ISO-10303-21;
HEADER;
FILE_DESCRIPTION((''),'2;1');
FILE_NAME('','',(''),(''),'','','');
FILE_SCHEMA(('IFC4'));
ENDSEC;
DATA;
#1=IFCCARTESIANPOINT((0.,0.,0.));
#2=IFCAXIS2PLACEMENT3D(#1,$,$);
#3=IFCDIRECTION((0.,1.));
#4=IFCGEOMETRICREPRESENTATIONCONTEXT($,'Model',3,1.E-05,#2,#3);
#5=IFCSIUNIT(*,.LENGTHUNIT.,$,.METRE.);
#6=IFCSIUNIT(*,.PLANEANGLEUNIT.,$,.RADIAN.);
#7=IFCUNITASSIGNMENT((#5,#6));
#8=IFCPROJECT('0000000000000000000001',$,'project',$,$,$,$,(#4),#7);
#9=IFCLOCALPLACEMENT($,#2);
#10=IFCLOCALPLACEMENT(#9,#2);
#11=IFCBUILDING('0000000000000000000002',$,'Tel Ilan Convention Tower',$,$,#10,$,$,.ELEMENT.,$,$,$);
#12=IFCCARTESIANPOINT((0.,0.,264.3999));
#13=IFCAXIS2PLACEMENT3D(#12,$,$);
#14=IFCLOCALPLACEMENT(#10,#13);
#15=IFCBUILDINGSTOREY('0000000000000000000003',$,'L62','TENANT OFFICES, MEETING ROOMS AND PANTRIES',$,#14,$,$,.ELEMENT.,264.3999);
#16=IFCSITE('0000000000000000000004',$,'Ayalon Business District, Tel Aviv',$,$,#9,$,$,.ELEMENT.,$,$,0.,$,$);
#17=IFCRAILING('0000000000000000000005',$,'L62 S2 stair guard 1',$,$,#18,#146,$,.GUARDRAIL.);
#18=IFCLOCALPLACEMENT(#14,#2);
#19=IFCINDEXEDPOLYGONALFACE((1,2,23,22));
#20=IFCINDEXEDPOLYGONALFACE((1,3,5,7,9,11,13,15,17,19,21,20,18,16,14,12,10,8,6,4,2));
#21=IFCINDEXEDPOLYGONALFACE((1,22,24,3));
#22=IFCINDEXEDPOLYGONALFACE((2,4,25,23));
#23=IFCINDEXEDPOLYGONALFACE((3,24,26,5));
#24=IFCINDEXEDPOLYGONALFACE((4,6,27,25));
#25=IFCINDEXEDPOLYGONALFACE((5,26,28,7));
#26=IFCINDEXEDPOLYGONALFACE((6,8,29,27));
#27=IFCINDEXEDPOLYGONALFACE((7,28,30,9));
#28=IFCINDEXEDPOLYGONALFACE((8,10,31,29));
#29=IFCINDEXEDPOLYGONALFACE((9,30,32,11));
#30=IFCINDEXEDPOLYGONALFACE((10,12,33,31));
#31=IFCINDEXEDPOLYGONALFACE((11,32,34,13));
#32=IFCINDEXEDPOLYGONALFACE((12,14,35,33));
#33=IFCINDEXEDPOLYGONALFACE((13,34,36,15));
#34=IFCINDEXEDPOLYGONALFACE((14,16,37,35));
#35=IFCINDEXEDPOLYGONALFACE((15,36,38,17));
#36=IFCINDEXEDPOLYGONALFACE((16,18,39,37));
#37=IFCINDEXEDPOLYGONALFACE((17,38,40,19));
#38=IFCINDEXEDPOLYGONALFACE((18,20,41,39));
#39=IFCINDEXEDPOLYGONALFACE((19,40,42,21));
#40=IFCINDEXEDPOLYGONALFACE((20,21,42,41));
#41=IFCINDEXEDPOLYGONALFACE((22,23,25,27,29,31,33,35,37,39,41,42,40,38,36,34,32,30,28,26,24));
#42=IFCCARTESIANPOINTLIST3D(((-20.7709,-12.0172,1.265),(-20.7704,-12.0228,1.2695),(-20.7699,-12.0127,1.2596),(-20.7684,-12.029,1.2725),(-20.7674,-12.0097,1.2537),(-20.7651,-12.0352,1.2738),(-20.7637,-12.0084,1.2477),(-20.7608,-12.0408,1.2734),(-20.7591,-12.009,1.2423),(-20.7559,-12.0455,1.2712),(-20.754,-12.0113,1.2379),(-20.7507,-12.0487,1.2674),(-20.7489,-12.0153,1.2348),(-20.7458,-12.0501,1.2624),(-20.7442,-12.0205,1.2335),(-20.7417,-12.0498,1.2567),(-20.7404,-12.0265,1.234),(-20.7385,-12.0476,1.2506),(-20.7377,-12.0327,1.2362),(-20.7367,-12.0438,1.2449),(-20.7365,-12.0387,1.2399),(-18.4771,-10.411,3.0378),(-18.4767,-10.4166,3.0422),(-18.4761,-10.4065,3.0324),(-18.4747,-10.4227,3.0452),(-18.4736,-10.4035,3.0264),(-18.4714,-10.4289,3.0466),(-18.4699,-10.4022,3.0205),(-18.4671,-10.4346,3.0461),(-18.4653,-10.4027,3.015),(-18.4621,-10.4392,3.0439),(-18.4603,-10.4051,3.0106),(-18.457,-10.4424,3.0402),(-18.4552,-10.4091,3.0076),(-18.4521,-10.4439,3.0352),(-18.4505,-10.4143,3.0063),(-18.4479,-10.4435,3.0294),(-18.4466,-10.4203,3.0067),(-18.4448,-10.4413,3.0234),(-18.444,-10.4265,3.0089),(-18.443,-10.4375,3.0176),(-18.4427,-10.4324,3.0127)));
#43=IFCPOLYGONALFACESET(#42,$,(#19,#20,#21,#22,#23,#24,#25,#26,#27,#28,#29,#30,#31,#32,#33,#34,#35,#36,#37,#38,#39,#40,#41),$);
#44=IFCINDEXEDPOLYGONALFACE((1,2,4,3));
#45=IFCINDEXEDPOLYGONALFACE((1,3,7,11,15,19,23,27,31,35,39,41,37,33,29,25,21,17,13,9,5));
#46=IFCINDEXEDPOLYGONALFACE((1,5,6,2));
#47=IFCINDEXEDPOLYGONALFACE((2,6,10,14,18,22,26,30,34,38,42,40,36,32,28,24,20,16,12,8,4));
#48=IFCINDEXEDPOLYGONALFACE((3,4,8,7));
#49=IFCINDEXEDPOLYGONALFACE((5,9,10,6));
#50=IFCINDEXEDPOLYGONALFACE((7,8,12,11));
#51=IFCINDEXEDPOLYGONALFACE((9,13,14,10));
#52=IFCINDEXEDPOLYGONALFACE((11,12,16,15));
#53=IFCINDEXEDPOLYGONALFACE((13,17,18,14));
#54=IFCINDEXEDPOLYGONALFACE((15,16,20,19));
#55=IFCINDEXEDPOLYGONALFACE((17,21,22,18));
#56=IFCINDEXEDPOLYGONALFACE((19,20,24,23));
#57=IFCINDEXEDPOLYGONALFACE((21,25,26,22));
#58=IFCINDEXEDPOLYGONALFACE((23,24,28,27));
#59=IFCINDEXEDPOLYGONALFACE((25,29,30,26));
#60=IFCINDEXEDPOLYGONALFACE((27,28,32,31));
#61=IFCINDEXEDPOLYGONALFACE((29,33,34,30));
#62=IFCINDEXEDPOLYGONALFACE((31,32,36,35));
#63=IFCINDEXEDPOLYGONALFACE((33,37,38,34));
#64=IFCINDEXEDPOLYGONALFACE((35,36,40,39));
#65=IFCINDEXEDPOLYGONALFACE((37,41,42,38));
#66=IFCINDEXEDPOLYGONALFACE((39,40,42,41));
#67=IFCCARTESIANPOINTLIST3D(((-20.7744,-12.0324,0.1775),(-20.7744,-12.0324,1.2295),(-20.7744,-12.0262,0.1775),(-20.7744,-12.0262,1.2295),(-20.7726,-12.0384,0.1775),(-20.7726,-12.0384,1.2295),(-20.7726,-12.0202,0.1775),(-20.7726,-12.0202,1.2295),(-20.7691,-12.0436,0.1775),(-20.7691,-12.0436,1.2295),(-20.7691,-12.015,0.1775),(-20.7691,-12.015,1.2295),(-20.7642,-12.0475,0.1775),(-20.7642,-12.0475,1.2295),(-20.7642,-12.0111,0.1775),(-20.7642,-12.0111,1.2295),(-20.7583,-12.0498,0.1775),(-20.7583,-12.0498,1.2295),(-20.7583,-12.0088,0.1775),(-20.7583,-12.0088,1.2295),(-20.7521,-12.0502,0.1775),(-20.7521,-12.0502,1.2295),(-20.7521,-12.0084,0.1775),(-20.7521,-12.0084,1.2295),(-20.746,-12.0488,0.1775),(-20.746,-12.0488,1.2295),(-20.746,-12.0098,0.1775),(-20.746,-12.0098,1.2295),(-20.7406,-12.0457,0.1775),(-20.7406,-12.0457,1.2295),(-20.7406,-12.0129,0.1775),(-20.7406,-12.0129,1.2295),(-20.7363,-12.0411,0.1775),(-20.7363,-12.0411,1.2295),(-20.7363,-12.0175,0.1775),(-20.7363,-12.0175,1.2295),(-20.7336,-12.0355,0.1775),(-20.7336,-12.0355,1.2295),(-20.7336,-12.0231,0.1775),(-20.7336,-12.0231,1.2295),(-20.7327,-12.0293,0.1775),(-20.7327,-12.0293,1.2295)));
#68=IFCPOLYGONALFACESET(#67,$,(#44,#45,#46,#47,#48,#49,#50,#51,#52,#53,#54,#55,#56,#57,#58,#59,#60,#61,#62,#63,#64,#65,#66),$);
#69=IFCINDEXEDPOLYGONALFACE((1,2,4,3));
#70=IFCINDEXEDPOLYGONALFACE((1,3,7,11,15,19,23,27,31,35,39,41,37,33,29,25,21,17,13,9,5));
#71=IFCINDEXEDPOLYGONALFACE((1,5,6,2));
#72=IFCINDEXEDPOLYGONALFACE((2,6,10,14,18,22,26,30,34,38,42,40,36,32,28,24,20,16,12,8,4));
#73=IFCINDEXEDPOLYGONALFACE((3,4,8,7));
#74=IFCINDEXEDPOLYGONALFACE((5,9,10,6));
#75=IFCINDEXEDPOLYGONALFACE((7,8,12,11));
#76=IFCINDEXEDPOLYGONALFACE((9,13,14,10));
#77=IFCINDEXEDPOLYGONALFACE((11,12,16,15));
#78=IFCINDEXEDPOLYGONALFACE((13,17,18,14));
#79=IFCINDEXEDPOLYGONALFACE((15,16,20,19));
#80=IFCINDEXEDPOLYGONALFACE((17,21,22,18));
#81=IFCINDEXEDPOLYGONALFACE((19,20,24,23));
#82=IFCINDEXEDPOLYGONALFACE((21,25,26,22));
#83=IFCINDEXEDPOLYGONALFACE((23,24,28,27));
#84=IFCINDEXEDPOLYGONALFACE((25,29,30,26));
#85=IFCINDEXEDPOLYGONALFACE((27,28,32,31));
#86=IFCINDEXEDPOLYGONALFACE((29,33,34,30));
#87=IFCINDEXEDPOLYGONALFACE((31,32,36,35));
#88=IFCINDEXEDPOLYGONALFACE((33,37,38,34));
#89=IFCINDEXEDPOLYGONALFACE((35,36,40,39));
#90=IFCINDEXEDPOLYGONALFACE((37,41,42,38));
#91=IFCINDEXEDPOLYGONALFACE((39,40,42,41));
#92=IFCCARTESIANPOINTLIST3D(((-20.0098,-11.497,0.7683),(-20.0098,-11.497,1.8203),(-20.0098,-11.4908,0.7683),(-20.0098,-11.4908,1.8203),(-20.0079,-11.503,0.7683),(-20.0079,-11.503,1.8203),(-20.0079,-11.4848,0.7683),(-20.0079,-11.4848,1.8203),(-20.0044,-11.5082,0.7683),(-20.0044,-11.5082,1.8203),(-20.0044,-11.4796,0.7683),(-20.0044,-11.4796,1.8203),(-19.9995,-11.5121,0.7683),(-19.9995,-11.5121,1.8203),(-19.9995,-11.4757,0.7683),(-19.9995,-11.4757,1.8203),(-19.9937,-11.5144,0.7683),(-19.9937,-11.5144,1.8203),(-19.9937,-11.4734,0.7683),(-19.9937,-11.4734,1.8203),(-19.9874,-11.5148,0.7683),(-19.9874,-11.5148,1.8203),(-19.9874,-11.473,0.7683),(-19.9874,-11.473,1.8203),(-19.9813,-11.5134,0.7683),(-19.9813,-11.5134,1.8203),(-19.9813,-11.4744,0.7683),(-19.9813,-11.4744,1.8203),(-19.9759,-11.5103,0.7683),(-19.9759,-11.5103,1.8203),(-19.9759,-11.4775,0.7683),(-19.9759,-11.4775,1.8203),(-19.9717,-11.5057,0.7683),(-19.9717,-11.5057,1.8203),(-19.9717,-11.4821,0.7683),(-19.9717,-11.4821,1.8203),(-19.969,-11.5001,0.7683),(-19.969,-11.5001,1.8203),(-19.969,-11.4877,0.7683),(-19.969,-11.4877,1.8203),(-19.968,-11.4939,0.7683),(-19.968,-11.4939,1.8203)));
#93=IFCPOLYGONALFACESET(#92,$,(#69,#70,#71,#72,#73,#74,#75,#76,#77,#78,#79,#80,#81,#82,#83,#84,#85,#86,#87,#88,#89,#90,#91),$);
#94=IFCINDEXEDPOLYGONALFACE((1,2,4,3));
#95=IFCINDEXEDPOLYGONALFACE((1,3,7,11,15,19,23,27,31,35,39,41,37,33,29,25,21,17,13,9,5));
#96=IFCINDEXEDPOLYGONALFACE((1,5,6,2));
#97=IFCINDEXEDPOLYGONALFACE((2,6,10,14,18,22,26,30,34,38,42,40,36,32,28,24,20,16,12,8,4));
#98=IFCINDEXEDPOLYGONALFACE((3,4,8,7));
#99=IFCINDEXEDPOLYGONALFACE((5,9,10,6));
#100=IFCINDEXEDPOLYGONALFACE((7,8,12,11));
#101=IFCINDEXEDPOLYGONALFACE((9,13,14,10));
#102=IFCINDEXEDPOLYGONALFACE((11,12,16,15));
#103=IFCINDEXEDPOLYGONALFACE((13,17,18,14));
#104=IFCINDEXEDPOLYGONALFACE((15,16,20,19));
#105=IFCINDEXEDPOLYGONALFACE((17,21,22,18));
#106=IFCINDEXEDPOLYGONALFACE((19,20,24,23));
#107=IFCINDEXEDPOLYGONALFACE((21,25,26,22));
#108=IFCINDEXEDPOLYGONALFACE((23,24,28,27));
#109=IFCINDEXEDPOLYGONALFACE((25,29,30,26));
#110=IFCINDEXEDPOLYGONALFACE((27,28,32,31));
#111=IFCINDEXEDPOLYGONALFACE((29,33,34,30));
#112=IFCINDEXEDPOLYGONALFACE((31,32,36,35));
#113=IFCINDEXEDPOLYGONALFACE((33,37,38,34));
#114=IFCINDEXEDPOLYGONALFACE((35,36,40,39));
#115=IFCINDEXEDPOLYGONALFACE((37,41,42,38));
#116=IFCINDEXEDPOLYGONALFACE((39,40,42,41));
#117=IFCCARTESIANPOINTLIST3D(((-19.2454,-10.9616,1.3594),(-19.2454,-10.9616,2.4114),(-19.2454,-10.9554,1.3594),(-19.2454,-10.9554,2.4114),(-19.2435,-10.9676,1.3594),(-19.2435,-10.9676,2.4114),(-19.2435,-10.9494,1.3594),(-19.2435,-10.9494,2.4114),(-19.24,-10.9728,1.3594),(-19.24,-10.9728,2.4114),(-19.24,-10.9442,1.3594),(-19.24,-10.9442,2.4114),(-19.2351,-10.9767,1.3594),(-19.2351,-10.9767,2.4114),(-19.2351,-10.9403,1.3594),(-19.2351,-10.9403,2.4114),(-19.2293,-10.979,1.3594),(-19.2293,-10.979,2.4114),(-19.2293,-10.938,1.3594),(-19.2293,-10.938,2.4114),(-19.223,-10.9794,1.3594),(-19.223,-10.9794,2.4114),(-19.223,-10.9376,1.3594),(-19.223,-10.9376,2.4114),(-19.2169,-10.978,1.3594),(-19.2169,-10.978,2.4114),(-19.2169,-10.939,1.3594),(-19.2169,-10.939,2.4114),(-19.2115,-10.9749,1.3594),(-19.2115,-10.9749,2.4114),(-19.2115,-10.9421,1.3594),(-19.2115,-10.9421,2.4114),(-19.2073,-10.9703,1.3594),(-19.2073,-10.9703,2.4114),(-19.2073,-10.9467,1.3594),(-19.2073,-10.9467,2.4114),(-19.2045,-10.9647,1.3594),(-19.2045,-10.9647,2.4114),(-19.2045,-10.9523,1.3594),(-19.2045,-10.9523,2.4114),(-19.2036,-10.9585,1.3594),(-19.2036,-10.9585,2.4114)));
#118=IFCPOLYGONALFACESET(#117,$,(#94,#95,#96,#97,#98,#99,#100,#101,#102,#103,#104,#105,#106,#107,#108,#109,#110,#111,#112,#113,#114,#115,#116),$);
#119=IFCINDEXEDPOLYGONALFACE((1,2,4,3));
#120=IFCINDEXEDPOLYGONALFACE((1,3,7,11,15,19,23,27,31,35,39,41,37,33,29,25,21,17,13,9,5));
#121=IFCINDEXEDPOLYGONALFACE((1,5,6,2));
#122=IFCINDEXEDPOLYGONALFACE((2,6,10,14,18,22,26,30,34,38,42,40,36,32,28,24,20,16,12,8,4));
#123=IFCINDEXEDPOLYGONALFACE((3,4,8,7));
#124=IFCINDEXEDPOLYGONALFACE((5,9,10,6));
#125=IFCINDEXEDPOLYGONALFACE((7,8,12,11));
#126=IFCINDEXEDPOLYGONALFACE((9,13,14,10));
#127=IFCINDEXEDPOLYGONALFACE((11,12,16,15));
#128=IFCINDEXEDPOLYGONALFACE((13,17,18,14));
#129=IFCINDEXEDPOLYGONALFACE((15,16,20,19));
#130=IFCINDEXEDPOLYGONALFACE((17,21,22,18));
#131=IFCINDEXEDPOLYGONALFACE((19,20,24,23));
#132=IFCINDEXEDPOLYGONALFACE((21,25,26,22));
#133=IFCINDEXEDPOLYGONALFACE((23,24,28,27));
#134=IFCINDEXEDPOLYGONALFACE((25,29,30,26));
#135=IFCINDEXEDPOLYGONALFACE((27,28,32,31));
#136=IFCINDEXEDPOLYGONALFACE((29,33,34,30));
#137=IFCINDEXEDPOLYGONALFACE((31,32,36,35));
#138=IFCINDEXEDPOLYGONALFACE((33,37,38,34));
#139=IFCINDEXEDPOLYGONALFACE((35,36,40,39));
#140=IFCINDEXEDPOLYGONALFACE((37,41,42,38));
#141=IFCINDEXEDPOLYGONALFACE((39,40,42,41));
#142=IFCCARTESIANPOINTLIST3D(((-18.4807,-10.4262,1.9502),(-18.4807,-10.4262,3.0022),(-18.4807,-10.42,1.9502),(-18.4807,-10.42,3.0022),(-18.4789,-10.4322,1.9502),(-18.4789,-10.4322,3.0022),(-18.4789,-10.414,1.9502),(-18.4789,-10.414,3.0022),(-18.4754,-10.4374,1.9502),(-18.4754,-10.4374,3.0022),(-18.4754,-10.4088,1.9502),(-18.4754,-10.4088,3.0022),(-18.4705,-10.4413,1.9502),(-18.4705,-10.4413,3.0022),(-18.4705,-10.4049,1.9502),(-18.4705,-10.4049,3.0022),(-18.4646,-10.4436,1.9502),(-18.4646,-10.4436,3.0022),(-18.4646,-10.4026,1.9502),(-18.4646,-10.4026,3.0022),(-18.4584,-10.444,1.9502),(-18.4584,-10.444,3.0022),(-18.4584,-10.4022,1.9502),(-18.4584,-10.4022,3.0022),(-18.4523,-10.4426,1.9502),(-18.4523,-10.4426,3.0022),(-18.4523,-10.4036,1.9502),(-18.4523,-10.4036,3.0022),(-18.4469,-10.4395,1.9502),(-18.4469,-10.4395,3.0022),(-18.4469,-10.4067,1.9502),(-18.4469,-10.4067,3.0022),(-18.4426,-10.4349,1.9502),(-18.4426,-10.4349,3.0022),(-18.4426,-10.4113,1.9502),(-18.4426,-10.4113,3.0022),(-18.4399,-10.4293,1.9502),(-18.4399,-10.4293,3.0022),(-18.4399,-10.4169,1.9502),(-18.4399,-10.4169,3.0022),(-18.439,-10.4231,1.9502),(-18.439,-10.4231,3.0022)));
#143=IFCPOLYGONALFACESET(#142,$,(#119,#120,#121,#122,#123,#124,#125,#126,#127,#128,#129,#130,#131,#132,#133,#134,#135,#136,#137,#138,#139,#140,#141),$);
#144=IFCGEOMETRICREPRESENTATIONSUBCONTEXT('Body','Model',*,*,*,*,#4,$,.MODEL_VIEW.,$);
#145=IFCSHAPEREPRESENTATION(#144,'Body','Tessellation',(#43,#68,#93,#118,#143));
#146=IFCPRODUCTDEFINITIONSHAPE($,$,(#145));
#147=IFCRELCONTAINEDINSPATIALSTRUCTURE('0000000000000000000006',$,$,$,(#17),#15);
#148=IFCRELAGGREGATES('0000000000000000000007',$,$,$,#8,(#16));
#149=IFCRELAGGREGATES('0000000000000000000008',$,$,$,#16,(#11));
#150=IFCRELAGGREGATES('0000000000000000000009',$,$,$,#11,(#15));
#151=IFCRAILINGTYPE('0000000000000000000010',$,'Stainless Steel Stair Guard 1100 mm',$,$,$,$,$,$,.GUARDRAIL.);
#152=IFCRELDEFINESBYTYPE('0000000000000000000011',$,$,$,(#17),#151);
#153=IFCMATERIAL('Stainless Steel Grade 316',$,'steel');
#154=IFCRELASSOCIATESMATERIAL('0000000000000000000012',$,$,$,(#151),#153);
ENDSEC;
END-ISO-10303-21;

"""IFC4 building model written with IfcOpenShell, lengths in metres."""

from ifc_helpers import new_model, si_unit, direction, frame, origin, origin_2d, place, context, subcontext, project, spatial, circle, extrude, material, type_object, element, save


model = new_model("IFC4")

# Units and contexts
model_context = context("Model", 3, precision=1e-05, world=origin(), true_north=direction((0.0, 1.0)))
body_context = subcontext(model_context, "Body", "Model", "MODEL_VIEW")
ifc_project = project(units=[si_unit("LENGTHUNIT", "METRE"), si_unit("PLANEANGLEUNIT", "RADIAN")], contexts=[model_context])

# Site, building, storey
site_placement = place(None, origin())
site = spatial("IfcSite", under=ifc_project, at=site_placement, Name="Ayalon Business District, Tel Aviv", CompositionType="ELEMENT", RefElevation=0.0)
building_placement = place(site_placement, origin())
building = spatial("IfcBuilding", under=site, at=building_placement, Name="Tel Ilan Convention Tower", CompositionType="ELEMENT")
storey_placement = place(building_placement, frame((0.0, 0.0, 264.3999)))
storey = spatial("IfcBuildingStorey", under=building, at=storey_placement, Name="L62", Description="TENANT OFFICES, MEETING ROOMS AND PANTRIES", CompositionType="ELEMENT", Elevation=264.3999)

# Railing
ifc_material_1 = material(Name="Stainless Steel Grade 316", Category="steel")
railing_type_1 = type_object("IfcRailingType", Name="Stainless Steel Stair Guard 1100 mm", PredefinedType="GUARDRAIL", material=ifc_material_1)
railing_1_placement = place(storey_placement, frame((-20.7537, -12.0293, 0.1775)))
element("IfcRailing", 1, at=railing_1_placement, inside=storey, type_object=railing_type_1, Name="L62 S2 stair guard 1", PredefinedType="GUARDRAIL", context=body_context, shape_type="SweptSolid", body=[
    extrude(circle(Radius=0.0239, at=origin_2d()), frame((0.0, 0.0, 1.0762), z_axis=(0.692098, 0.484653, 0.534894), x_axis=(-0.573609, 0.81913, 0.0)), (0.0, 0.0, 1.0), 3.3142),
    extrude(circle(Radius=0.021, at=origin_2d()), origin(), (0.0, 0.0, 1.0), 1.052),
    extrude(circle(Radius=0.021, at=origin_2d()), frame((0.7646, 0.5354, 0.5908)), (0.0, 0.0, 1.0), 1.052),
    extrude(circle(Radius=0.021, at=origin_2d()), frame((1.5291, 1.0708, 1.1819)), (0.0, 0.0, 1.0), 1.052),
    extrude(circle(Radius=0.021, at=origin_2d()), frame((2.2937, 1.6062, 1.7727)), (0.0, 0.0, 1.0), 1.052),
])

save(model, "model.ifc")
